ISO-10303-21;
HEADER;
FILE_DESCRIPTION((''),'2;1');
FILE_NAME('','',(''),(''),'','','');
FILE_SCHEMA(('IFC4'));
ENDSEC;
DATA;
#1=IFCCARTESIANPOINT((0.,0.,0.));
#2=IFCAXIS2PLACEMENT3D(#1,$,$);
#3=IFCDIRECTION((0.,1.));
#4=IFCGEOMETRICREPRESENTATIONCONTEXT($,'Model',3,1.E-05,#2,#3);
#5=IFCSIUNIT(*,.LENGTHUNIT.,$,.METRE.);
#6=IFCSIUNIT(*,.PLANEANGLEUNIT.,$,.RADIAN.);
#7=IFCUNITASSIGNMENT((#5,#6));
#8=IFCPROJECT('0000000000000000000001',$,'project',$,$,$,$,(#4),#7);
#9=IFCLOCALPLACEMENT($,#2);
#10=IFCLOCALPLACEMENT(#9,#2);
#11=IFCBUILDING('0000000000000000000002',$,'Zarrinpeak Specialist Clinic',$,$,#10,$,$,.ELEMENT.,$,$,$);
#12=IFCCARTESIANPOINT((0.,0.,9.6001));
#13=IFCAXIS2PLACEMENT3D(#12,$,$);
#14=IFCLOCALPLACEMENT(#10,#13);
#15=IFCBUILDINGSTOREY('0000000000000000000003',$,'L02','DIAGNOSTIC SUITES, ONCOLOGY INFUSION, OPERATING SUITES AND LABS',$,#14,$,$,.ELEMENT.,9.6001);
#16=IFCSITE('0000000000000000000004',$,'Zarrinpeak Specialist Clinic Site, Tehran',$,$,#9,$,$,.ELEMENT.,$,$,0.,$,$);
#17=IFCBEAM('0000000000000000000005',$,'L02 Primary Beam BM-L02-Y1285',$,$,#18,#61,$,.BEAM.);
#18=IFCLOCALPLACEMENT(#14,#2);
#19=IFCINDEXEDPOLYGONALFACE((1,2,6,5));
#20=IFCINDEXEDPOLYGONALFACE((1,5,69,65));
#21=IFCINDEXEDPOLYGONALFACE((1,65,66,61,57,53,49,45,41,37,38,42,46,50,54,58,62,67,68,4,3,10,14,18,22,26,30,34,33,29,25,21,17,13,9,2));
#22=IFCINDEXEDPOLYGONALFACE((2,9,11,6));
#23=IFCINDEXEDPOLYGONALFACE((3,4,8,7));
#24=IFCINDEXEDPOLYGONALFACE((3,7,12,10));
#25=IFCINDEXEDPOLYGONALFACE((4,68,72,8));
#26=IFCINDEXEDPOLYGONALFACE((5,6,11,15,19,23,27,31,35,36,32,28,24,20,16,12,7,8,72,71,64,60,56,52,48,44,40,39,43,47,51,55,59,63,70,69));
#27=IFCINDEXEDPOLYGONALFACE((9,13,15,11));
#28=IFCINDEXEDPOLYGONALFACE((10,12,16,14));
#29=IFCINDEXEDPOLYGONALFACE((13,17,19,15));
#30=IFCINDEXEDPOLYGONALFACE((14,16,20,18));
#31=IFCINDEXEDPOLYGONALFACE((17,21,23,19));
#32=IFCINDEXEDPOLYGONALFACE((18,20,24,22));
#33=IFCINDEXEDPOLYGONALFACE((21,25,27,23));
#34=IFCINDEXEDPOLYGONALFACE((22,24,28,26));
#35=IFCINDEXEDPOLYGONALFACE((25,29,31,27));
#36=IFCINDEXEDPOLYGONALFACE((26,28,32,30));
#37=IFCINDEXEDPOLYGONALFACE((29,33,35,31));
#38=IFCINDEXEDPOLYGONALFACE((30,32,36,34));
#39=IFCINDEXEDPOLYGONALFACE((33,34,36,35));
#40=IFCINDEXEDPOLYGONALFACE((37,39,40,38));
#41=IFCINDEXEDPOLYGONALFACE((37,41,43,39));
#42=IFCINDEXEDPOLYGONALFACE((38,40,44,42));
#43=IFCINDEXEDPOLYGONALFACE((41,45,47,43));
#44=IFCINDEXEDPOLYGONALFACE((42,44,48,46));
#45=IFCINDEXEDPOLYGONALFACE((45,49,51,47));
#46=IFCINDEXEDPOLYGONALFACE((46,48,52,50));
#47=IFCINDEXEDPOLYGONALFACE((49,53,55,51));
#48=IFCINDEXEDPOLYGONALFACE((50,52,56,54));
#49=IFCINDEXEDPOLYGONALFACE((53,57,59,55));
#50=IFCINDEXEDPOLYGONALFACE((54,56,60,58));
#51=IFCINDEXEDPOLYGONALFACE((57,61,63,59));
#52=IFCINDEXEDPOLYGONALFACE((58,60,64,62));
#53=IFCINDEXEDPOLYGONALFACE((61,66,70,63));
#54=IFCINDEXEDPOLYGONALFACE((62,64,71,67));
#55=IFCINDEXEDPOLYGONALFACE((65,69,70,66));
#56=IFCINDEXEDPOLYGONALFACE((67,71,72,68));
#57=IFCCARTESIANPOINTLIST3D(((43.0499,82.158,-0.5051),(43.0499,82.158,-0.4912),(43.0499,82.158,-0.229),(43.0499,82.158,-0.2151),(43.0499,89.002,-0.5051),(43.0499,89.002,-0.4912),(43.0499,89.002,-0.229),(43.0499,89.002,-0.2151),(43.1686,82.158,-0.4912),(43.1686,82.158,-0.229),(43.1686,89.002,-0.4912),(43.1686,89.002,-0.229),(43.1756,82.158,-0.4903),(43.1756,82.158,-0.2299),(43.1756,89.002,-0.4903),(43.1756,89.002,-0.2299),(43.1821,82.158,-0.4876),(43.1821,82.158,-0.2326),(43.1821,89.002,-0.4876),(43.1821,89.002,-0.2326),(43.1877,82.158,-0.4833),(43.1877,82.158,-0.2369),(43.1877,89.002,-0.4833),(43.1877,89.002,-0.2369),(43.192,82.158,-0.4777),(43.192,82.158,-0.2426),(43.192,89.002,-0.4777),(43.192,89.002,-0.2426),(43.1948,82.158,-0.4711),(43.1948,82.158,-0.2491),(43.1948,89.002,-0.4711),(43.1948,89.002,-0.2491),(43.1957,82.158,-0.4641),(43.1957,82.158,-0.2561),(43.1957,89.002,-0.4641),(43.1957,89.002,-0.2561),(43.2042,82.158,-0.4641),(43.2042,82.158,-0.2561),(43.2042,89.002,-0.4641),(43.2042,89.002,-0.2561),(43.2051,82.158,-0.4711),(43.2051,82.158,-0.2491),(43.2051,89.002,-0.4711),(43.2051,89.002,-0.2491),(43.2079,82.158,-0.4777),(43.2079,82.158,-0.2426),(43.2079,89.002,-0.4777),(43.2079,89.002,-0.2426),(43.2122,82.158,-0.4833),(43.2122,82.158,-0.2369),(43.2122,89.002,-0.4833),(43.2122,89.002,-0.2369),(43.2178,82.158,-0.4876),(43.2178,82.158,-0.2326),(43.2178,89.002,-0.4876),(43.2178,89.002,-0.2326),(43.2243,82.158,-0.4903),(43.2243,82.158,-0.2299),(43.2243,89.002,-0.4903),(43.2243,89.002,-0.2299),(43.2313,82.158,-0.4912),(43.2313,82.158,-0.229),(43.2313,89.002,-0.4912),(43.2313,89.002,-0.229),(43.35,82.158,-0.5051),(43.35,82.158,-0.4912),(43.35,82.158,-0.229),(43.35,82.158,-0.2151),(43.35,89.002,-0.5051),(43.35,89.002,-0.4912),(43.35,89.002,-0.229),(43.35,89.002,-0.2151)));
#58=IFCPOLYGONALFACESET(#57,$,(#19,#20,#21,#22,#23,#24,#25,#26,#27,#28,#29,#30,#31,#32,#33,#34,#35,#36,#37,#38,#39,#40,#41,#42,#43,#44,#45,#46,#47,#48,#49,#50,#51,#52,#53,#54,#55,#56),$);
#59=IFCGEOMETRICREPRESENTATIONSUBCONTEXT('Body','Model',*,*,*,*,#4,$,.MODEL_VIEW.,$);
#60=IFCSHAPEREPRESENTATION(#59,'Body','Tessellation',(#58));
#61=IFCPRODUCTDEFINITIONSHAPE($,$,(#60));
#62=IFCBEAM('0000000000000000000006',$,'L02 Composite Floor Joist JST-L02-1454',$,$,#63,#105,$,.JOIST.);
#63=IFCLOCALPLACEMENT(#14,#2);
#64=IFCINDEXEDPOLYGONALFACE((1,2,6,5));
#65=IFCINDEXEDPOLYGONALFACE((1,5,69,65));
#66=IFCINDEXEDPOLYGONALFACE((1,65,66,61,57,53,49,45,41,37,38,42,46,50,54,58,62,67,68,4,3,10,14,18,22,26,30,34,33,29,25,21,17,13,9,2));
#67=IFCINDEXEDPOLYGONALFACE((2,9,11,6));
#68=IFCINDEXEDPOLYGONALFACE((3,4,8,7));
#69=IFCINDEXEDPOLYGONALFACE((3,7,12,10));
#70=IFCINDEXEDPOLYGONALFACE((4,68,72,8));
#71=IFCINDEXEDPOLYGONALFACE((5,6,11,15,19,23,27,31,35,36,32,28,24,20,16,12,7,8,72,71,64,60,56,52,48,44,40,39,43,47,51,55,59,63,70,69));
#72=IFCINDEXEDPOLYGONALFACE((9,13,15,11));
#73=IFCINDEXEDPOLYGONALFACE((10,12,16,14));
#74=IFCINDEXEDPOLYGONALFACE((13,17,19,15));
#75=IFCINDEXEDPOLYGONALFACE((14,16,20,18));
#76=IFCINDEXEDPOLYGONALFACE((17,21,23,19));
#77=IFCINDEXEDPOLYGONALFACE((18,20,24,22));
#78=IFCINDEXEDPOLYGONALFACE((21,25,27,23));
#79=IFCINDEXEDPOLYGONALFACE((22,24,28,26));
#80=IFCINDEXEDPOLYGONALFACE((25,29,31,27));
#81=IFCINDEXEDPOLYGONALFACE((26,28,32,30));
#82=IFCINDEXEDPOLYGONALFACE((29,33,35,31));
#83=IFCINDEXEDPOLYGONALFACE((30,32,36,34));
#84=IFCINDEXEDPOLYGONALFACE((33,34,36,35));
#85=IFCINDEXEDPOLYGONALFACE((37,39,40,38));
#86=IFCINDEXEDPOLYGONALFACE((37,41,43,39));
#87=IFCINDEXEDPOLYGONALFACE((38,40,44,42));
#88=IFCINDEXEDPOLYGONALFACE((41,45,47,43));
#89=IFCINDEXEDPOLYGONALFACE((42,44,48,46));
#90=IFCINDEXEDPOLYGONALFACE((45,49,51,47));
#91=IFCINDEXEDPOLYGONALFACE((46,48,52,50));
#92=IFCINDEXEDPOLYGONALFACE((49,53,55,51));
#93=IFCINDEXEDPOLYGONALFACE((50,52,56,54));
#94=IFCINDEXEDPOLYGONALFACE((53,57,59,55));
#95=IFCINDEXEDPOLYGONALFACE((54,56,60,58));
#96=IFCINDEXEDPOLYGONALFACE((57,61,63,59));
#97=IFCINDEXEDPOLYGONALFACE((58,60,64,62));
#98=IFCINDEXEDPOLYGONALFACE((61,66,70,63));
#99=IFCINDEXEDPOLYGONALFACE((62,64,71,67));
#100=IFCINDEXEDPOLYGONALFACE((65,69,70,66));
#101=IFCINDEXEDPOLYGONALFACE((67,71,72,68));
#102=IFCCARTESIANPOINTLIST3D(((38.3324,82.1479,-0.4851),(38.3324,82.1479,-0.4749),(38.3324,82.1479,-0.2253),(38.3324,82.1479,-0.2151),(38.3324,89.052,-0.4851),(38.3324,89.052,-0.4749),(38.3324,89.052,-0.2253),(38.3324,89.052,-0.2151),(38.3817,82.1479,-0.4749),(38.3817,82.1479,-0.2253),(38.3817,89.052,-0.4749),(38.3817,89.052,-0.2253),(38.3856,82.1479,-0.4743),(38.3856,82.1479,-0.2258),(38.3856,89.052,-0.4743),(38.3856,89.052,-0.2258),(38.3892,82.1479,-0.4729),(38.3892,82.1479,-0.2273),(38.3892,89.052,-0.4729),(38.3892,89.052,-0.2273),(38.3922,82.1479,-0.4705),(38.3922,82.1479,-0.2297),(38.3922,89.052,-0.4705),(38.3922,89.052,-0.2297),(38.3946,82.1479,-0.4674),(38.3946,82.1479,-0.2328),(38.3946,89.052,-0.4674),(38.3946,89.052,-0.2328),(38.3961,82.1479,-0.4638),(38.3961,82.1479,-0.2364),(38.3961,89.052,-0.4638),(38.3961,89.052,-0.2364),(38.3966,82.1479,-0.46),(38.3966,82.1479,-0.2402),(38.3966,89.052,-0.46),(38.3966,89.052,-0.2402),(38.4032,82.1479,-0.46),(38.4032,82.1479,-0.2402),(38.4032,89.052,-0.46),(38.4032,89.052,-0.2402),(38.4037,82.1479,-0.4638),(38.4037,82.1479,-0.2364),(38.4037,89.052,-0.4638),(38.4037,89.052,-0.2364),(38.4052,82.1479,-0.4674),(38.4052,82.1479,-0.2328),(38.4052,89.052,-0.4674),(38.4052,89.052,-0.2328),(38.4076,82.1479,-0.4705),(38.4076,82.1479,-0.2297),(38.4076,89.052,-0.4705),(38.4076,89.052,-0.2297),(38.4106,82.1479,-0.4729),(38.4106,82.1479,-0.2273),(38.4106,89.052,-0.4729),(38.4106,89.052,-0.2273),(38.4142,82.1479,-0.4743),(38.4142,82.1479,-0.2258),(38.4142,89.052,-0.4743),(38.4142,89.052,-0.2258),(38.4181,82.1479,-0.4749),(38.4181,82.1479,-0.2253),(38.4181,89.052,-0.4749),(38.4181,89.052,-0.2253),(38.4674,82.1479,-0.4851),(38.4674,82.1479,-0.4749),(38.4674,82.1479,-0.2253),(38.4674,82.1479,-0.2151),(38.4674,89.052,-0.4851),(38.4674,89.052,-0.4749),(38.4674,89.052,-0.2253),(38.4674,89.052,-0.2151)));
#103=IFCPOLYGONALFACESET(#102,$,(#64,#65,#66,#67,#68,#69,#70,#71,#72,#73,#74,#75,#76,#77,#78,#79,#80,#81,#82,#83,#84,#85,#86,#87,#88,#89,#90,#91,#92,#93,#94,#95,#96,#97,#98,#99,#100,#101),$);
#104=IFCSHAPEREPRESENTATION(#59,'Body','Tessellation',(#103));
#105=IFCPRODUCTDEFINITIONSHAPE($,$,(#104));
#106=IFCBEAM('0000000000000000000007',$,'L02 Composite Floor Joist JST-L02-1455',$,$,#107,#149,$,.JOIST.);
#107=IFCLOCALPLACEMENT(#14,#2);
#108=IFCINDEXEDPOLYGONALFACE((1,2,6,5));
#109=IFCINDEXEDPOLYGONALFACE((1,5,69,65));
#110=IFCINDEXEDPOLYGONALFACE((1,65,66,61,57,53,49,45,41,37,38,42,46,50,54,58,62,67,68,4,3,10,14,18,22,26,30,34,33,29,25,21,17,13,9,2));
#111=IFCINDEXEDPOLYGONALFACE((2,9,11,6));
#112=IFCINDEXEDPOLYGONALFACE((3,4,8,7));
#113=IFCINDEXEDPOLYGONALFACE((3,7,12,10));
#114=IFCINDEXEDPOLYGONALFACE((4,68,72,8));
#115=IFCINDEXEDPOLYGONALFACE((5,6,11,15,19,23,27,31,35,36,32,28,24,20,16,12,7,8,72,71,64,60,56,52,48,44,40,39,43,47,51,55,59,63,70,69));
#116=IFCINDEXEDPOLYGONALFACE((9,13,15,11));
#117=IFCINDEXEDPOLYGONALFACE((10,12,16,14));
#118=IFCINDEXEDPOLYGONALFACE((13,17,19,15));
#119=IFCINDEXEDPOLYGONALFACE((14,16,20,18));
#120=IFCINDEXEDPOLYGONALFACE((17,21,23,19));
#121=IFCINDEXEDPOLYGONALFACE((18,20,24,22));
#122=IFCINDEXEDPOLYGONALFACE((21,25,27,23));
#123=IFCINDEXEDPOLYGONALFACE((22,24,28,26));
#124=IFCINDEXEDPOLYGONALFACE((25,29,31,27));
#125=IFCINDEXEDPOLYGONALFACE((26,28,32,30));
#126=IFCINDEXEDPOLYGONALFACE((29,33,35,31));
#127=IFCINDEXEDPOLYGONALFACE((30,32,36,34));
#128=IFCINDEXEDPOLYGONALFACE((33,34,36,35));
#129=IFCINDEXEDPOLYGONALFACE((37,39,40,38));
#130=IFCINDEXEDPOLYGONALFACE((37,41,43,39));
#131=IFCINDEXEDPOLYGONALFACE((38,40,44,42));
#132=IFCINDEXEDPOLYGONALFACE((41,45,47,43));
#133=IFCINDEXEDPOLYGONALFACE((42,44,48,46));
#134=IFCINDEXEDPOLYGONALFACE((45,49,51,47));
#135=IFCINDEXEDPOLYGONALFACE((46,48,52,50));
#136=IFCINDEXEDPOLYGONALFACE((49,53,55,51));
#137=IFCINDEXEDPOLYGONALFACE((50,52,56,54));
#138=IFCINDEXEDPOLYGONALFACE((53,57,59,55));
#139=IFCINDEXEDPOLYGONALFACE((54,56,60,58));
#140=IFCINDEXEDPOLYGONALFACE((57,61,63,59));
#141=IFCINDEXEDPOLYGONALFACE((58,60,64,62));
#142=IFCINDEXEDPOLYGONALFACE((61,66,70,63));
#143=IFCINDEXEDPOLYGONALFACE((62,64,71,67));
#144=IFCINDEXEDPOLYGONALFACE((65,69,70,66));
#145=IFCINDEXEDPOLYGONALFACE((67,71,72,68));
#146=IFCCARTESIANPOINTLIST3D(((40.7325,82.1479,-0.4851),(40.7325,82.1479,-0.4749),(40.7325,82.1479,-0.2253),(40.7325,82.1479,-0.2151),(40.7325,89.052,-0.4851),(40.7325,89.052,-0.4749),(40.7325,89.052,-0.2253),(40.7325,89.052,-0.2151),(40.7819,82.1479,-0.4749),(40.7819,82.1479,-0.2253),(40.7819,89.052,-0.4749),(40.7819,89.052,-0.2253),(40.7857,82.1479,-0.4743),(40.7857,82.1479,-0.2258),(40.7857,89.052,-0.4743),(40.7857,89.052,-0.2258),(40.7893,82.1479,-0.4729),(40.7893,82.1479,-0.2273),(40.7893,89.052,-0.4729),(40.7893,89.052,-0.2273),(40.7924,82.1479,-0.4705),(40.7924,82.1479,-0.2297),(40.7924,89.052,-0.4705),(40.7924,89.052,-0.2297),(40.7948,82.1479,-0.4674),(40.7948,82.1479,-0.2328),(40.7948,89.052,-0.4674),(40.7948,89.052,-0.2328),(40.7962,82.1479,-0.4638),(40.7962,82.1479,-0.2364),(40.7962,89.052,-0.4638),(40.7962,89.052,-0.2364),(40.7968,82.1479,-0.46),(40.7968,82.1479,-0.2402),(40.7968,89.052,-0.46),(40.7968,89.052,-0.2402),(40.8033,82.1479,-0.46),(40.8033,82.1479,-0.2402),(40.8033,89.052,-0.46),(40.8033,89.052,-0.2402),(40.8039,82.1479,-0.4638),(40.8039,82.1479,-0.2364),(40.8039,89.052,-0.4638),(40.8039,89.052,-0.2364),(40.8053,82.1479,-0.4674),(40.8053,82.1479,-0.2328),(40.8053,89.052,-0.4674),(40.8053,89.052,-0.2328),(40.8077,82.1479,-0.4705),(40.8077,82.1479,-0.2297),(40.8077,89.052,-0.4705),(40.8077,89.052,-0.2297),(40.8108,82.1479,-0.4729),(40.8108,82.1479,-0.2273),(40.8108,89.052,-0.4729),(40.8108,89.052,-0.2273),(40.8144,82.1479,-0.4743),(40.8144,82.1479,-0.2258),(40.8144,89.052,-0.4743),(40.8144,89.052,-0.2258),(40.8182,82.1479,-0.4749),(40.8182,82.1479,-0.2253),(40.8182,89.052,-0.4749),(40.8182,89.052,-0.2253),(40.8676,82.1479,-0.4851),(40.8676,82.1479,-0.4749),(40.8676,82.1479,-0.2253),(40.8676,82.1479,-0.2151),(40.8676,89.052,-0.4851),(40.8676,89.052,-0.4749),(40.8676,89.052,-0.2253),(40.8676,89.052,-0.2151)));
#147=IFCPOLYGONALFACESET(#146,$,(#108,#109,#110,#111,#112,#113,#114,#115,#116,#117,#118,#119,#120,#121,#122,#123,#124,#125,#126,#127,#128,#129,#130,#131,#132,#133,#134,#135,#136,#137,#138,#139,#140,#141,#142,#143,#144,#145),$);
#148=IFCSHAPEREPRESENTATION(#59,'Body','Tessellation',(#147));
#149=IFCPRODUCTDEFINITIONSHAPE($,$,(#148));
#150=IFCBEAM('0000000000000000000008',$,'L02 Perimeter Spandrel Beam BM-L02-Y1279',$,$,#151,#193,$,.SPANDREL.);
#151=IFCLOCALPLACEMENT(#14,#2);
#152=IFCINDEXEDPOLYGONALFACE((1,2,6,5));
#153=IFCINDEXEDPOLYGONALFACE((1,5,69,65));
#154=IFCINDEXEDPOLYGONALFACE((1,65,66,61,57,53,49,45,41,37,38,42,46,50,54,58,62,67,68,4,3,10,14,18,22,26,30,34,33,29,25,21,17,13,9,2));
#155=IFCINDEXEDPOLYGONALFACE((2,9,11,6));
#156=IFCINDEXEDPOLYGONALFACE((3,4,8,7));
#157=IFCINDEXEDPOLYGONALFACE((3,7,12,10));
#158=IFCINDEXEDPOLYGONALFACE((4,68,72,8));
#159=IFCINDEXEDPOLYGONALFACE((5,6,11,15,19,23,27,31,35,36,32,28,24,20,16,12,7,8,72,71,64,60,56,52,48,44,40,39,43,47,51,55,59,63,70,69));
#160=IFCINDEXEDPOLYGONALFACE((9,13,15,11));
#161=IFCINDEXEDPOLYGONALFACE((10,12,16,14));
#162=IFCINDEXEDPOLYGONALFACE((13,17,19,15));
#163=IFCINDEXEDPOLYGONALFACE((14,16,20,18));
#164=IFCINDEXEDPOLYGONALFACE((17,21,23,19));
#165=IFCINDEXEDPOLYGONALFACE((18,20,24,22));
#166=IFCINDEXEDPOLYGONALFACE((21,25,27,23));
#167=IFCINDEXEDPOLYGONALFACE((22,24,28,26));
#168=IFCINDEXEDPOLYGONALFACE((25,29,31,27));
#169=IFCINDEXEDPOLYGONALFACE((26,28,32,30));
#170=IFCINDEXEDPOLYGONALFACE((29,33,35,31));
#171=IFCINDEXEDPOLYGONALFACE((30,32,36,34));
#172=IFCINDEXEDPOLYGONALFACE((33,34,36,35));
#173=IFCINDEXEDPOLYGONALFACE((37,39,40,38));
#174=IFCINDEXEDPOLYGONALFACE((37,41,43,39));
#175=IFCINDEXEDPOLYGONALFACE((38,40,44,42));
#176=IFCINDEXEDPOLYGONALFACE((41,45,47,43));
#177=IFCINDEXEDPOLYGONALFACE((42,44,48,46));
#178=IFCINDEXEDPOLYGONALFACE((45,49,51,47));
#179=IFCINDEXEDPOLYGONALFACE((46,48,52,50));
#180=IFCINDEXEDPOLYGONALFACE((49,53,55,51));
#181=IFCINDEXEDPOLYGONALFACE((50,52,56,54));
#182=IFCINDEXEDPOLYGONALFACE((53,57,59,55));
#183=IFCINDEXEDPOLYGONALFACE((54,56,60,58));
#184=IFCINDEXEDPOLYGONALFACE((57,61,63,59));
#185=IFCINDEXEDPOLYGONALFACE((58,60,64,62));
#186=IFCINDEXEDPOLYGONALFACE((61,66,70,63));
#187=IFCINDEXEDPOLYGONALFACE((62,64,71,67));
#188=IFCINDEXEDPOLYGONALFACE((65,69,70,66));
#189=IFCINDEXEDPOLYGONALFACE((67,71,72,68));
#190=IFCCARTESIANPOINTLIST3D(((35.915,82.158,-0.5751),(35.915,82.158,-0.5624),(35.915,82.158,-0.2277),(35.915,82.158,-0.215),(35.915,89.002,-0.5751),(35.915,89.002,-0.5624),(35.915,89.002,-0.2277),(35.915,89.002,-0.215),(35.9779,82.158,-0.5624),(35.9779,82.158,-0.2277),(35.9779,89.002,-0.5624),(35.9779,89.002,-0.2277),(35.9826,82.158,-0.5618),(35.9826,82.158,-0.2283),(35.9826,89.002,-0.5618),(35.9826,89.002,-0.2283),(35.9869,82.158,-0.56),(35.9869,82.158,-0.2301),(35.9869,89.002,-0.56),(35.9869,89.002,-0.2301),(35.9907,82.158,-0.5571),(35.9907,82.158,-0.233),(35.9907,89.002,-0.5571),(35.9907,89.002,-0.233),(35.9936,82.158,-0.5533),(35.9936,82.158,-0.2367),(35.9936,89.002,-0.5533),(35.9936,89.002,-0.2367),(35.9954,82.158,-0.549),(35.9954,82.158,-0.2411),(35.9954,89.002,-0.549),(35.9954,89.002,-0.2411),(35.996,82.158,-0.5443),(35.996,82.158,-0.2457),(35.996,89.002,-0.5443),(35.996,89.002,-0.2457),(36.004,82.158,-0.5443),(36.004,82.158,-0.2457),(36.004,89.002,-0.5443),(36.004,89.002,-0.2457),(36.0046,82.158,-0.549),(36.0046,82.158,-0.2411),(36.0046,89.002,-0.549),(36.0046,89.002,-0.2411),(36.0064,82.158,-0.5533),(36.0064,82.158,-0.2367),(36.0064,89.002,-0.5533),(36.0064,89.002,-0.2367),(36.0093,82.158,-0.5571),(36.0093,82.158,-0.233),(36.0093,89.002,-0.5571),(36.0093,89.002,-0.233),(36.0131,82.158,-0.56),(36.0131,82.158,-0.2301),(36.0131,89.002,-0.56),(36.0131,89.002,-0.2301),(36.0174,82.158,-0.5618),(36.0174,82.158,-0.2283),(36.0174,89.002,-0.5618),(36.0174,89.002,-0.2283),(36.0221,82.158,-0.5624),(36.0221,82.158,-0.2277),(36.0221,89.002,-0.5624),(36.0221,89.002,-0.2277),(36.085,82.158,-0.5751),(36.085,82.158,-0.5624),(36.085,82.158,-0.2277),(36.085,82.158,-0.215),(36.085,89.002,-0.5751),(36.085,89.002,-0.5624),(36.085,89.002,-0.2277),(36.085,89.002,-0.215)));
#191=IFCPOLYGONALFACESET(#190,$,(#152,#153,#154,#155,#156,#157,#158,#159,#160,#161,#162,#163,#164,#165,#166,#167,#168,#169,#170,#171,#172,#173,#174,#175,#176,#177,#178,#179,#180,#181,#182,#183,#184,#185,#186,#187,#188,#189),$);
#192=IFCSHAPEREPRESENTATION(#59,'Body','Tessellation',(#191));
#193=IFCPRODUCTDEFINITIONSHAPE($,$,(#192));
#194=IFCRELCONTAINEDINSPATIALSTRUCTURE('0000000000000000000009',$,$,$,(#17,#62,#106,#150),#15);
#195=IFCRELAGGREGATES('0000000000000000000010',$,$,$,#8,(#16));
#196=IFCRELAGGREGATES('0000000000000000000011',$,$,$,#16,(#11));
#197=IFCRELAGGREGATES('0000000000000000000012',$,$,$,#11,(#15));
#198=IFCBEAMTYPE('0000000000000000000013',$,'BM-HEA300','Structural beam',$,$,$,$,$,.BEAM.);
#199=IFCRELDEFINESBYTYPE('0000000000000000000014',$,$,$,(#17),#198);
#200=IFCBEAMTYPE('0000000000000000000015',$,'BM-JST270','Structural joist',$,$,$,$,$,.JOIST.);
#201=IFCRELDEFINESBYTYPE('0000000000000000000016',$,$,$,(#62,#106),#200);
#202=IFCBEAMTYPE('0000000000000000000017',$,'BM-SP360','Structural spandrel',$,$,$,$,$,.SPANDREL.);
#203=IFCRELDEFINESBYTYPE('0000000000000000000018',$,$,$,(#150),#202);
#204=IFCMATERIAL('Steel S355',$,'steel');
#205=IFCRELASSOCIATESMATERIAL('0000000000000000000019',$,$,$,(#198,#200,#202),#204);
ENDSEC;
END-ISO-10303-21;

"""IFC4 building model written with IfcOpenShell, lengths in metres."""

from ifc_helpers import new_model, si_unit, direction, frame, origin, origin_2d, place, context, subcontext, project, spatial, i_section, extrude, material, material_profile, profile_set, type_object, element, save


model = new_model("IFC4")

# Units and contexts
model_context = context("Model", 3, precision=1e-05, world=origin(), true_north=direction((0.0, 1.0)))
body_context = subcontext(model_context, "Body", "Model", "MODEL_VIEW")
ifc_project = project(units=[si_unit("LENGTHUNIT", "METRE"), si_unit("PLANEANGLEUNIT", "RADIAN")], contexts=[model_context])

# Site, building, storey
site_placement = place(None, origin())
site = spatial("IfcSite", under=ifc_project, at=site_placement, Name="Zarrinpeak Specialist Clinic Site, Tehran", CompositionType="ELEMENT", RefElevation=0.0)
building_placement = place(site_placement, origin())
building = spatial("IfcBuilding", under=site, at=building_placement, Name="Zarrinpeak Specialist Clinic", CompositionType="ELEMENT")
storey_placement = place(building_placement, frame((0.0, 0.0, 9.6001)))
storey = spatial("IfcBuildingStorey", under=building, at=storey_placement, Name="L02", Description="DIAGNOSTIC SUITES, ONCOLOGY INFUSION, OPERATING SUITES AND LABS", CompositionType="ELEMENT", Elevation=9.6001)

# Shared definitions
ifc_material_1 = material(Name="Steel S355", Category="steel")

# Beams
ifc_material_profile_1 = material_profile(ifc_material_1, i_section(OverallWidth=0.3, OverallDepth=0.29, WebThickness=0.0085, FlangeThickness=0.0139, FilletRadius=0.0271, at=origin_2d()), Name="HEA 300")
ifc_profile_set_1 = profile_set([ifc_material_profile_1], Name="Steel S355")
beam_type_1 = type_object("IfcBeamType", Name="BM-HEA300", Description="Structural beam", PredefinedType="BEAM", material=ifc_profile_set_1)
beam_1_placement = place(storey_placement, frame((43.2, 82.158, -0.3601), z_axis=(0.0, 1.0, 0.0), x_axis=(-1.0, 0.0, 0.0)))
element("IfcBeam", 1, at=beam_1_placement, inside=storey, type_object=beam_type_1, Name="L02 Primary Beam BM-L02-Y1285", PredefinedType="BEAM", context=body_context, shape_type="SweptSolid", body=[
    extrude(i_section(OverallWidth=0.3, OverallDepth=0.29, WebThickness=0.0085, FlangeThickness=0.0139, FilletRadius=0.0271, at=origin_2d()), origin(), (0.0, 0.0, 1.0), 6.844),
])
ifc_material_profile_2 = material_profile(ifc_material_1, i_section(OverallWidth=0.135, OverallDepth=0.27, WebThickness=0.0066, FlangeThickness=0.0103, FilletRadius=0.0149, at=origin_2d()), Name="IPE 270")
ifc_profile_set_2 = profile_set([ifc_material_profile_2], Name="Steel S355")
beam_type_2 = type_object("IfcBeamType", Name="BM-JST270", Description="Structural joist", PredefinedType="JOIST", material=ifc_profile_set_2)
for number, where, z_axis, x_axis, name in (
    (2, (38.3999, 82.1479, -0.3501), (0.0, 1.0, 0.0), (-1.0, 0.0, 0.0), "L02 Composite Floor Joist JST-L02-1454"),
    (3, (40.8, 82.1479, -0.3501), (0.0, 1.0, 0.0), (-1.0, 0.0, 0.0), "L02 Composite Floor Joist JST-L02-1455"),
):
    element("IfcBeam", number, at=place(storey_placement, frame(where, z_axis=z_axis, x_axis=x_axis)), inside=storey, type_object=beam_type_2, Name=name, PredefinedType="JOIST", context=body_context, shape_type="SweptSolid", body=[
        extrude(i_section(OverallWidth=0.135, OverallDepth=0.27, WebThickness=0.0066, FlangeThickness=0.0103, FilletRadius=0.0149, at=origin_2d()), origin(), (0.0, 0.0, 1.0), 6.9041),
    ])
ifc_material_profile_3 = material_profile(ifc_material_1, i_section(OverallWidth=0.1699, OverallDepth=0.3601, WebThickness=0.0081, FlangeThickness=0.0127, FilletRadius=0.0181, at=origin_2d()), Name="IPE 360")
ifc_profile_set_3 = profile_set([ifc_material_profile_3], Name="Steel S355")
beam_type_3 = type_object("IfcBeamType", Name="BM-SP360", Description="Structural spandrel", PredefinedType="SPANDREL", material=ifc_profile_set_3)
beam_2_placement = place(storey_placement, frame((36.0, 82.158, -0.395), z_axis=(0.0, 1.0, 0.0), x_axis=(-1.0, 0.0, 0.0)))
element("IfcBeam", 4, at=beam_2_placement, inside=storey, type_object=beam_type_3, Name="L02 Perimeter Spandrel Beam BM-L02-Y1279", PredefinedType="SPANDREL", context=body_context, shape_type="SweptSolid", body=[
    extrude(i_section(OverallWidth=0.1699, OverallDepth=0.3601, WebThickness=0.0081, FlangeThickness=0.0127, FilletRadius=0.0181, at=origin_2d()), origin(), (0.0, 0.0, 1.0), 6.844),
])

save(model, "model.ifc")
